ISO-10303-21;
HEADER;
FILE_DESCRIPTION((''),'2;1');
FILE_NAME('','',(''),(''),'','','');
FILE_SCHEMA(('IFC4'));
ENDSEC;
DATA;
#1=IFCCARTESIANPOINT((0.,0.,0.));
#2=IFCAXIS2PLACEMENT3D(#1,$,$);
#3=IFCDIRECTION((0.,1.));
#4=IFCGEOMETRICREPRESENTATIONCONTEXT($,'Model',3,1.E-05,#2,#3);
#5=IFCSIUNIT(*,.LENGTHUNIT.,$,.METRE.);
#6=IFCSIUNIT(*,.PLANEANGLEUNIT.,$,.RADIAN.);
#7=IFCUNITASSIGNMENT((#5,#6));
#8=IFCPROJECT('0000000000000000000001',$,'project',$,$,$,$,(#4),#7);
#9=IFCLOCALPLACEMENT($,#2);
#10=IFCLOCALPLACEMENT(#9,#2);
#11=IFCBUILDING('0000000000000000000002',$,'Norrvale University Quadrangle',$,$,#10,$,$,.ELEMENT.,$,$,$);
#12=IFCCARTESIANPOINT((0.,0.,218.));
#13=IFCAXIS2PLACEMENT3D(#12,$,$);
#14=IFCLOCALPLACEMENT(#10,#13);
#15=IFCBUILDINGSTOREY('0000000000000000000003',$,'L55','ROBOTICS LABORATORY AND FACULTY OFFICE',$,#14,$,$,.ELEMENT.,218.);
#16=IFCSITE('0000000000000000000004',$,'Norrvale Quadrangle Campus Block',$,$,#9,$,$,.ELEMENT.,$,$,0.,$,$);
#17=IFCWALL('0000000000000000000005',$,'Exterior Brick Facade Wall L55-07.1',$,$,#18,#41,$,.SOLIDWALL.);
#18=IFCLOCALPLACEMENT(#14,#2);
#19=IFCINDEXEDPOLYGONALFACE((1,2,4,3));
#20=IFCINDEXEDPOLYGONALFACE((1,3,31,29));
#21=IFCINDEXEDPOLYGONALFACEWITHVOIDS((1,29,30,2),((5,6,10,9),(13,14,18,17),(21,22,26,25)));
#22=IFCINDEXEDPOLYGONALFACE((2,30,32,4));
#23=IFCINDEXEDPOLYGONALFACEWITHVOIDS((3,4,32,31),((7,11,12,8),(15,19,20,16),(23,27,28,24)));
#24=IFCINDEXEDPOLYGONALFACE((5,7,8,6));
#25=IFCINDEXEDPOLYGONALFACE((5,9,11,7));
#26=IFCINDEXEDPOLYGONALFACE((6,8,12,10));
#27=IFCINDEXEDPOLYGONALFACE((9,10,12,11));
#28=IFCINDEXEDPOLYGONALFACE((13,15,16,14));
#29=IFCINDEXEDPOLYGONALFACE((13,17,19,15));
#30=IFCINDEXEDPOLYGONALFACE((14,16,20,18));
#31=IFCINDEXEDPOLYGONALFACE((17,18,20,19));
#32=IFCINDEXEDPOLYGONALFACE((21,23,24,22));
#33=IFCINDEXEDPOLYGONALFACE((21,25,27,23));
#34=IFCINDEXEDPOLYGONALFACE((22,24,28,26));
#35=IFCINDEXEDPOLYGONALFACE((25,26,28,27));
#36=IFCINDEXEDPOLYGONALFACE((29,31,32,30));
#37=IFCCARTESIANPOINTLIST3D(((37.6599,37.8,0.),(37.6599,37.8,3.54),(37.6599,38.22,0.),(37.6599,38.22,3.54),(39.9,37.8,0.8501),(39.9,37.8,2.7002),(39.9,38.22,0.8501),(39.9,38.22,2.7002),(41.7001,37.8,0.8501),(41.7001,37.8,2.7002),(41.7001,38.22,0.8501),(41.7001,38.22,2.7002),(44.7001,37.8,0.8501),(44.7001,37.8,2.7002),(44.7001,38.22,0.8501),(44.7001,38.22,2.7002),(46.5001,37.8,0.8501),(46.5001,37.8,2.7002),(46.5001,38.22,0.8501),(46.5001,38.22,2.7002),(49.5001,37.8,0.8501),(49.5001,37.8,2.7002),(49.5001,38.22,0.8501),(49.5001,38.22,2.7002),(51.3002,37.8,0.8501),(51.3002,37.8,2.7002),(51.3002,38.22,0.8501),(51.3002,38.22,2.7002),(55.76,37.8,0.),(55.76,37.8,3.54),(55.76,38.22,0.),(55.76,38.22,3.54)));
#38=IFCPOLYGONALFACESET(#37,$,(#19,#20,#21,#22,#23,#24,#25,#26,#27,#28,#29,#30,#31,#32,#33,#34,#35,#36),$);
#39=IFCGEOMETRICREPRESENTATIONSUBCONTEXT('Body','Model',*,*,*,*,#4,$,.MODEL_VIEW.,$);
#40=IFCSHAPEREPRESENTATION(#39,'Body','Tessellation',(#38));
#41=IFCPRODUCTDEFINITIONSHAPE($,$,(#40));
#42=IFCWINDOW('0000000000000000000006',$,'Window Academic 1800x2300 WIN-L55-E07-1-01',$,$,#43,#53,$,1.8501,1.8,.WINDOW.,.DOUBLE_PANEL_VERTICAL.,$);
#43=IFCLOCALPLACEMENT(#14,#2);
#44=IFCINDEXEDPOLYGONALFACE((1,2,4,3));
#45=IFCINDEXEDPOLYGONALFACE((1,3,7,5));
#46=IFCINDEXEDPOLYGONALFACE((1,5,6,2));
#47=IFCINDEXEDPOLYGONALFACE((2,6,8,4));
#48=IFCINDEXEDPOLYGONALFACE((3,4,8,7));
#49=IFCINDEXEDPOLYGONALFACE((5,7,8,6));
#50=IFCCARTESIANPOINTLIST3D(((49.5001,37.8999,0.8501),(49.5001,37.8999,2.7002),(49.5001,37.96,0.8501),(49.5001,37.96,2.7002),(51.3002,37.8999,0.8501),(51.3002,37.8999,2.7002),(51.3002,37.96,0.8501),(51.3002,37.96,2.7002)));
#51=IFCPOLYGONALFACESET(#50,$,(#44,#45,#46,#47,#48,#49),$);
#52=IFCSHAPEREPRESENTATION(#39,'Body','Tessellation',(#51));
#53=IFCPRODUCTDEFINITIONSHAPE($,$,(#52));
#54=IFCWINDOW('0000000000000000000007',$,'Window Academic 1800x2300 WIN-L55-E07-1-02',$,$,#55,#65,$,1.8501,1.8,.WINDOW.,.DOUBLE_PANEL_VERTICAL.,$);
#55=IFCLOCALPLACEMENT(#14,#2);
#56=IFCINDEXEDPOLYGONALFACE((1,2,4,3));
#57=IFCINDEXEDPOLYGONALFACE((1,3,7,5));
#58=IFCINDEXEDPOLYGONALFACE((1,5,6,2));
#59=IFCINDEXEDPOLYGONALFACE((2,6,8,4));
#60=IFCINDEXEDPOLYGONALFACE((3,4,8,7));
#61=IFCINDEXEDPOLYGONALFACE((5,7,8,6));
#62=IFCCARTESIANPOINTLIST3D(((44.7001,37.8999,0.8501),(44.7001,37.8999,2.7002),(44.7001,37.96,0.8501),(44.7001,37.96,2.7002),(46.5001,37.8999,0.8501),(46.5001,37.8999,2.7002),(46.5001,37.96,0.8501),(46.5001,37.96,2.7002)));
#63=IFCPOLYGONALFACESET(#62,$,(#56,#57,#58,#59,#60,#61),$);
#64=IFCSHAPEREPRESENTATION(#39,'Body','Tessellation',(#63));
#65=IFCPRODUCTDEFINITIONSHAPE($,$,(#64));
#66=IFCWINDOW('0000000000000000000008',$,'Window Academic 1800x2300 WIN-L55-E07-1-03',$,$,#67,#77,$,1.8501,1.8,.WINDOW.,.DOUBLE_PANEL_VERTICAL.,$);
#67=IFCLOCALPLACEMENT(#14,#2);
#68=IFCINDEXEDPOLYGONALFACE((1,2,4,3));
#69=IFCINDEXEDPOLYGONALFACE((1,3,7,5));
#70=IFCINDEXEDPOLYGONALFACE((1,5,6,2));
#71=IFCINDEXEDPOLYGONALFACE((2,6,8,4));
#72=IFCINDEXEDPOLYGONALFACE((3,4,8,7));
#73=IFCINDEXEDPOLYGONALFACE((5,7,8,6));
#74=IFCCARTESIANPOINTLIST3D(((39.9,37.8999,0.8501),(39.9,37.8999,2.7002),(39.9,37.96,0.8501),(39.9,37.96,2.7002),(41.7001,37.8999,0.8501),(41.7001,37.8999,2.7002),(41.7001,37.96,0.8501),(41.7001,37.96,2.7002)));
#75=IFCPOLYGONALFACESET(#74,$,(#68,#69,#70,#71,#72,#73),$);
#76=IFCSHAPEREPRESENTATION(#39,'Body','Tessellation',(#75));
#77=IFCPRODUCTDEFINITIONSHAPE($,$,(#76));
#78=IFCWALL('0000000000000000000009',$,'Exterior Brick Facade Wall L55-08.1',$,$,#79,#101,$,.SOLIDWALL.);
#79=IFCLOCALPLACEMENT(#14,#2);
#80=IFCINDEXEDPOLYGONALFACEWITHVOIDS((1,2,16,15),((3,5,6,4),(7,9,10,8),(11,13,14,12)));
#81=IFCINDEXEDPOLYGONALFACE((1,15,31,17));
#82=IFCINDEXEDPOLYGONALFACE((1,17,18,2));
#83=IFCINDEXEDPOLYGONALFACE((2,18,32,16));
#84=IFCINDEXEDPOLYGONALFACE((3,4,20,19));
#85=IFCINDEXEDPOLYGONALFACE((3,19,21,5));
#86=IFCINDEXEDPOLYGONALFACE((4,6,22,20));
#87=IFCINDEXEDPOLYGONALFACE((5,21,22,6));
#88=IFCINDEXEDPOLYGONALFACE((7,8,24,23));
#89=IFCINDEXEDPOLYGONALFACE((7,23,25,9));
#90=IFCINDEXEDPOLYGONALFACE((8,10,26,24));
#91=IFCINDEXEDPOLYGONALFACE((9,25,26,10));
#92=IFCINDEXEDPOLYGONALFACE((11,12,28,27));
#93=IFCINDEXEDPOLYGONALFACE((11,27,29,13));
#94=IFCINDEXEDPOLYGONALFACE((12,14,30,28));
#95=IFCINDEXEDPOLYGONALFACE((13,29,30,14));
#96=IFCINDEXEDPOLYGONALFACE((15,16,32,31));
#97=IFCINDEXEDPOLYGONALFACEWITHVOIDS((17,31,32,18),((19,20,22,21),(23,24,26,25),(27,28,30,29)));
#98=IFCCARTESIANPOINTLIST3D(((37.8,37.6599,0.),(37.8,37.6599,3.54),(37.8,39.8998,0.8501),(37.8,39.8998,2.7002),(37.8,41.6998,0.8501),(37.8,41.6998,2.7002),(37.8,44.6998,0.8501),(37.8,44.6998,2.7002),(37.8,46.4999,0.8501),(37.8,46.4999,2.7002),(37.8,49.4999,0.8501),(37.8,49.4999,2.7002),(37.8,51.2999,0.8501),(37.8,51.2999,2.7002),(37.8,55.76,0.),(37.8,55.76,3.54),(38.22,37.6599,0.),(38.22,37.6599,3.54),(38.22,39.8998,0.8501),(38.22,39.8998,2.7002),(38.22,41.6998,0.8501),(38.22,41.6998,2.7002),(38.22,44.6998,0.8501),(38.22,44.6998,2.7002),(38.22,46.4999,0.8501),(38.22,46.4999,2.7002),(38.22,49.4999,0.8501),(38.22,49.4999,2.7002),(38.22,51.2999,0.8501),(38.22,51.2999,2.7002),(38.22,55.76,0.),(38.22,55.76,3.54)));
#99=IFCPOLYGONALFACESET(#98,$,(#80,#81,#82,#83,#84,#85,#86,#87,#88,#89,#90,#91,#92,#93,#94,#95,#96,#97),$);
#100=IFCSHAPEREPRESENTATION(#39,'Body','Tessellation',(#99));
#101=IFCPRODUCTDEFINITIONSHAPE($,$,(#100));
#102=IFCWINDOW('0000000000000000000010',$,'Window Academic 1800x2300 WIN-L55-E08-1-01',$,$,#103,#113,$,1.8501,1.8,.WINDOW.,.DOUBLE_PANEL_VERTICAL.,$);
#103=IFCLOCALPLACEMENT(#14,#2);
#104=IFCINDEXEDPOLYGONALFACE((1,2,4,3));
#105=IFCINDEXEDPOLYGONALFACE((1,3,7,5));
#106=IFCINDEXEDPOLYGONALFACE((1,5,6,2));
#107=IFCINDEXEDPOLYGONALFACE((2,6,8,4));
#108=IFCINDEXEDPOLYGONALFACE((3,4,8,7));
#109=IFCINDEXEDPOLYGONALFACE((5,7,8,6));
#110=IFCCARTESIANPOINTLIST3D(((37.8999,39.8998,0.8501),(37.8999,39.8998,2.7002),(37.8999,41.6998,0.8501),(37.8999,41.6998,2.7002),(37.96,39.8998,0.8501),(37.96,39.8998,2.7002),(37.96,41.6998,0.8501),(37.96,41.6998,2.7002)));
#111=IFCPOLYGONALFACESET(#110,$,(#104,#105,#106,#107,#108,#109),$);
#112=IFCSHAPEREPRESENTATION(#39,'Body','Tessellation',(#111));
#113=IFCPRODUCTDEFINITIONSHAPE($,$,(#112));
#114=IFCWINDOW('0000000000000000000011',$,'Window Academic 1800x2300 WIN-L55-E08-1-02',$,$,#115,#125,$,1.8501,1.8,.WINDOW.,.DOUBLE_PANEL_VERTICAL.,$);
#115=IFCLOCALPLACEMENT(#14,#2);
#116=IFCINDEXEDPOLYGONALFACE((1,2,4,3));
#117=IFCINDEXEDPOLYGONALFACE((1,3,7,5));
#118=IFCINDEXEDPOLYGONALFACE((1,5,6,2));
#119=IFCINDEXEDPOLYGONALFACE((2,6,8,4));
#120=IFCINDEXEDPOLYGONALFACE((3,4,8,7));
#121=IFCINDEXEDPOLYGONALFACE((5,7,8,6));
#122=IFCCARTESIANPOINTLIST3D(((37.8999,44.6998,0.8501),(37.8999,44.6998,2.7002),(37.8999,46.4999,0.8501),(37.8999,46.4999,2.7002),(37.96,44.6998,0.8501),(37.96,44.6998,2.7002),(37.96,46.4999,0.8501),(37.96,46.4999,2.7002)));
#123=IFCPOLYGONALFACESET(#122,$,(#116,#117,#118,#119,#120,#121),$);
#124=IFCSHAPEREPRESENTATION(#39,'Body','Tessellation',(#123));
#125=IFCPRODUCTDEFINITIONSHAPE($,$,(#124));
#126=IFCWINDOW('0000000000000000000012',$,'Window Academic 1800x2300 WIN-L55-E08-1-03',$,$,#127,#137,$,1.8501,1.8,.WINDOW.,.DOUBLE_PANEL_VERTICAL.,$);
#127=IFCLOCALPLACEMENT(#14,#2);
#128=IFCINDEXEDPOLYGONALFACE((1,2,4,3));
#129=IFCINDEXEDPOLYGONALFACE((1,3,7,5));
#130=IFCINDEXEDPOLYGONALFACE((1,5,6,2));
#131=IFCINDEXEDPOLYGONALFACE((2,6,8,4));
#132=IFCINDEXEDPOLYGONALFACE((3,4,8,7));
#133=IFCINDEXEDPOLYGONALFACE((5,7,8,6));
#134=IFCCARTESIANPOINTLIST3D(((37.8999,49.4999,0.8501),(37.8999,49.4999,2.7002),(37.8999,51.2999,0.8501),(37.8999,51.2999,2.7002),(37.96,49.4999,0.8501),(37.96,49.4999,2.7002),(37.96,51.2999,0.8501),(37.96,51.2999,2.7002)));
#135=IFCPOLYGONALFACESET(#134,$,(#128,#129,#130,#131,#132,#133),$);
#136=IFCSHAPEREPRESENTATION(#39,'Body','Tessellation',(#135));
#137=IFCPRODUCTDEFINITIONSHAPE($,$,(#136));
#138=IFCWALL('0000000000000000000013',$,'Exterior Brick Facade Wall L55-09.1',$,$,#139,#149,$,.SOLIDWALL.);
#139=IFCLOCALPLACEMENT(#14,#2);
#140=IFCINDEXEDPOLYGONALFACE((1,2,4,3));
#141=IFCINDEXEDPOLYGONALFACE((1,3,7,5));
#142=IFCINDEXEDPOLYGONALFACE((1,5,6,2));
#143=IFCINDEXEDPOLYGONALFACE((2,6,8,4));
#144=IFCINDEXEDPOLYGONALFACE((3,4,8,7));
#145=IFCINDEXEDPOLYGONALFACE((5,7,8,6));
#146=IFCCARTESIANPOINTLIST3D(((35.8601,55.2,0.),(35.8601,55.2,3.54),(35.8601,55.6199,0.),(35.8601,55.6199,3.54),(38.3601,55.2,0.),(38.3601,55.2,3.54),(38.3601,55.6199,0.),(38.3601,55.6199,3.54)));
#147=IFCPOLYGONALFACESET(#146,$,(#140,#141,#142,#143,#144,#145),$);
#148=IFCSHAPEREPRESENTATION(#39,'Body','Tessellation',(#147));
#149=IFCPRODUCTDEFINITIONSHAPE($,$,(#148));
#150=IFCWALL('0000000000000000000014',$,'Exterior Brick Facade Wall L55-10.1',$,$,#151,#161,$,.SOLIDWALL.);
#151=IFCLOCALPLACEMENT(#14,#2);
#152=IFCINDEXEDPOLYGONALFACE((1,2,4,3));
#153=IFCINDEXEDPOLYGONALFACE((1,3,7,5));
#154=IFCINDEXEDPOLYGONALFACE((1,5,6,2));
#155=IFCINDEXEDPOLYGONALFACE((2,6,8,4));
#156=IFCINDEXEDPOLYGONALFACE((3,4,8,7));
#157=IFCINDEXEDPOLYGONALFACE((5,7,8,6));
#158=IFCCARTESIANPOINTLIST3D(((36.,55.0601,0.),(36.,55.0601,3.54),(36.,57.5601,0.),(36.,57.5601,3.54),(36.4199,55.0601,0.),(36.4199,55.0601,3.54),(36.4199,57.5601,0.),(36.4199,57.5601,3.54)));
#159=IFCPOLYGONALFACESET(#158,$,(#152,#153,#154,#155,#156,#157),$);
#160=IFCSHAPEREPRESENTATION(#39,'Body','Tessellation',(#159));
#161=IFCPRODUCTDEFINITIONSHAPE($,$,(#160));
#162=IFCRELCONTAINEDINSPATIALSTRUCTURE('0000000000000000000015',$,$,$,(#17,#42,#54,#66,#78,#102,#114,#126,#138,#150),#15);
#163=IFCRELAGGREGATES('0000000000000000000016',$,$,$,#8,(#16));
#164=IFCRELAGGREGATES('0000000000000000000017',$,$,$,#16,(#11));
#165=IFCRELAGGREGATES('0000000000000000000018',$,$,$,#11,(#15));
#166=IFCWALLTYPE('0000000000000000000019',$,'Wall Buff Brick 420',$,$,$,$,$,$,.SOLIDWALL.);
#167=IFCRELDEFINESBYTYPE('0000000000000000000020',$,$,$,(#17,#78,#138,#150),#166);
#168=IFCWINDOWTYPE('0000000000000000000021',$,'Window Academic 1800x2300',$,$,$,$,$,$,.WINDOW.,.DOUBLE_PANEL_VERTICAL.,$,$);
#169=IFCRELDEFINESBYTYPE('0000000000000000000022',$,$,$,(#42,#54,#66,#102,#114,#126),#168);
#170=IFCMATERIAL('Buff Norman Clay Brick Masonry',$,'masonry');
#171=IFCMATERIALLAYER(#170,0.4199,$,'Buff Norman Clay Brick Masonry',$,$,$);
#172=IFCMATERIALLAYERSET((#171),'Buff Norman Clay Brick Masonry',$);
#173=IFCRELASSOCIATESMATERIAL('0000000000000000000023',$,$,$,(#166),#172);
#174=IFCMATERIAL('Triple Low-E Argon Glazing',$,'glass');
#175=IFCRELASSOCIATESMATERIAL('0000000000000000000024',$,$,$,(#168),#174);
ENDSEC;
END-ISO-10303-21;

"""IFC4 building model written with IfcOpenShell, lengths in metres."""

from ifc_helpers import new_model, si_unit, direction, frame, frame_2d, origin, place, context, subcontext, project, spatial, rectangle, extrude, material, layer, layer_set, type_object, element, fill, save


model = new_model("IFC4")

# Units and contexts
model_context = context("Model", 3, precision=1e-05, world=origin(), true_north=direction((0.0, 1.0)))
body_context = subcontext(model_context, "Body", "Model", "MODEL_VIEW")
ifc_project = project(units=[si_unit("LENGTHUNIT", "METRE"), si_unit("PLANEANGLEUNIT", "RADIAN")], contexts=[model_context])

# Site, building, storey
site_placement = place(None, origin())
site = spatial("IfcSite", under=ifc_project, at=site_placement, Name="Norrvale Quadrangle Campus Block", CompositionType="ELEMENT", RefElevation=0.0)
building_placement = place(site_placement, origin())
building = spatial("IfcBuilding", under=site, at=building_placement, Name="Norrvale University Quadrangle", CompositionType="ELEMENT")
storey_placement = place(building_placement, frame((0.0, 0.0, 218.0)))
storey = spatial("IfcBuildingStorey", under=building, at=storey_placement, Name="L55", Description="ROBOTICS LABORATORY AND FACULTY OFFICE", CompositionType="ELEMENT", Elevation=218.0)

# Shared definitions
ifc_material_1 = material(Name="Buff Norman Clay Brick Masonry", Category="masonry")
ifc_layer_1 = layer(ifc_material_1, 0.4199, Name="Buff Norman Clay Brick Masonry")
ifc_layer_set_1 = layer_set([ifc_layer_1], Name="Buff Norman Clay Brick Masonry")
wall_type_1 = type_object("IfcWallType", Name="Wall Buff Brick 420", PredefinedType="SOLIDWALL", material=ifc_layer_set_1)

# Walls, openings, windows
wall_1_placement = place(storey_placement, frame((55.76, 38.01, 0.0), z_axis=(0.0, 0.0, 1.0), x_axis=(-1.0, 0.0, 0.0)))
wall_1 = element("IfcWall", 1, at=wall_1_placement, inside=storey, type_object=wall_type_1, Name="Exterior Brick Facade Wall L55-07.1", PredefinedType="SOLIDWALL", context=body_context, shape_type="SweptSolid", body=[
    extrude(rectangle(XDim=18.1001, YDim=0.4199, at=frame_2d((9.05, 0.0))), origin(), (0.0, 0.0, 1.0), 3.54),
])
opening_1_placement = place(wall_1_placement, frame((4.46, 0.0, 0.8501)))
opening_1 = element("IfcOpeningElement", 2, at=opening_1_placement, cuts=wall_1, PredefinedType="OPENING", context=body_context, shape_type="SweptSolid", body=[
    extrude(rectangle(XDim=1.8, YDim=1.8501, at=frame_2d((0.8999, 0.925))), frame((0.0, 0.2219, 0.0), z_axis=(0.0, -1.0, 0.0), x_axis=(1.0, 0.0, 0.0)), (0.0, 0.0, 1.0), 0.4438),
])
opening_2_placement = place(wall_1_placement, frame((9.26, 0.0, 0.8501)))
opening_2 = element("IfcOpeningElement", 3, at=opening_2_placement, cuts=wall_1, PredefinedType="OPENING", context=body_context, shape_type="SweptSolid", body=[
    extrude(rectangle(XDim=1.8, YDim=1.8501, at=frame_2d((0.8999, 0.925))), frame((0.0, 0.2219, 0.0), z_axis=(0.0, -1.0, 0.0), x_axis=(1.0, 0.0, 0.0)), (0.0, 0.0, 1.0), 0.4438),
])
opening_3_placement = place(wall_1_placement, frame((14.0601, 0.0, 0.8501)))
opening_3 = element("IfcOpeningElement", 4, at=opening_3_placement, cuts=wall_1, PredefinedType="OPENING", context=body_context, shape_type="SweptSolid", body=[
    extrude(rectangle(XDim=1.8, YDim=1.8501, at=frame_2d((0.8999, 0.925))), frame((0.0, 0.2219, 0.0), z_axis=(0.0, -1.0, 0.0), x_axis=(1.0, 0.0, 0.0)), (0.0, 0.0, 1.0), 0.4438),
])
ifc_material_2 = material(Name="Triple Low-E Argon Glazing", Category="glass")
window_type_1 = type_object("IfcWindowType", Name="Window Academic 1800x2300", PartitioningType="DOUBLE_PANEL_VERTICAL", PredefinedType="WINDOW", material=ifc_material_2)
window_1_placement = place(opening_1_placement, origin())
window_1 = element("IfcWindow", 5, at=window_1_placement, inside=storey, type_object=window_type_1, Name="Window Academic 1800x2300 WIN-L55-E07-1-01", OverallHeight=1.8501, OverallWidth=1.8, PartitioningType="DOUBLE_PANEL_VERTICAL", PredefinedType="WINDOW", context=body_context, shape_type="SweptSolid", body=[
    extrude(rectangle(XDim=1.8, YDim=1.8501, at=frame_2d((0.8999, 0.925))), frame((0.0, 0.1101, 0.0), z_axis=(0.0, -1.0, 0.0), x_axis=(1.0, 0.0, 0.0)), (0.0, 0.0, 1.0), 0.0601),
])
fill(opening_1, window_1)
window_2_placement = place(opening_2_placement, origin())
window_2 = element("IfcWindow", 6, at=window_2_placement, inside=storey, type_object=window_type_1, Name="Window Academic 1800x2300 WIN-L55-E07-1-02", OverallHeight=1.8501, OverallWidth=1.8, PartitioningType="DOUBLE_PANEL_VERTICAL", PredefinedType="WINDOW", context=body_context, shape_type="SweptSolid", body=[
    extrude(rectangle(XDim=1.8, YDim=1.8501, at=frame_2d((0.8999, 0.925))), frame((0.0, 0.1101, 0.0), z_axis=(0.0, -1.0, 0.0), x_axis=(1.0, 0.0, 0.0)), (0.0, 0.0, 1.0), 0.0601),
])
fill(opening_2, window_2)
window_3_placement = place(opening_3_placement, origin())
window_3 = element("IfcWindow", 7, at=window_3_placement, inside=storey, type_object=window_type_1, Name="Window Academic 1800x2300 WIN-L55-E07-1-03", OverallHeight=1.8501, OverallWidth=1.8, PartitioningType="DOUBLE_PANEL_VERTICAL", PredefinedType="WINDOW", context=body_context, shape_type="SweptSolid", body=[
    extrude(rectangle(XDim=1.8, YDim=1.8501, at=frame_2d((0.8999, 0.925))), frame((0.0, 0.1101, 0.0), z_axis=(0.0, -1.0, 0.0), x_axis=(1.0, 0.0, 0.0)), (0.0, 0.0, 1.0), 0.0601),
])
fill(opening_3, window_3)
wall_2_placement = place(storey_placement, frame((38.01, 37.6599, 0.0), z_axis=(0.0, 0.0, 1.0), x_axis=(0.0, 1.0, 0.0)))
wall_2 = element("IfcWall", 8, at=wall_2_placement, inside=storey, type_object=wall_type_1, Name="Exterior Brick Facade Wall L55-08.1", PredefinedType="SOLIDWALL", context=body_context, shape_type="SweptSolid", body=[
    extrude(rectangle(XDim=18.1001, YDim=0.4199, at=frame_2d((9.05, 0.0))), origin(), (0.0, 0.0, 1.0), 3.54),
])
opening_4_placement = place(wall_2_placement, frame((2.24, 0.0, 0.8501)))
opening_4 = element("IfcOpeningElement", 9, at=opening_4_placement, cuts=wall_2, PredefinedType="OPENING", context=body_context, shape_type="SweptSolid", body=[
    extrude(rectangle(XDim=1.8, YDim=1.8501, at=frame_2d((0.8999, 0.925))), frame((0.0, 0.2219, 0.0), z_axis=(0.0, -1.0, 0.0), x_axis=(1.0, 0.0, 0.0)), (0.0, 0.0, 1.0), 0.4438),
])
opening_5_placement = place(wall_2_placement, frame((7.04, 0.0, 0.8501)))
opening_5 = element("IfcOpeningElement", 10, at=opening_5_placement, cuts=wall_2, PredefinedType="OPENING", context=body_context, shape_type="SweptSolid", body=[
    extrude(rectangle(XDim=1.8, YDim=1.8501, at=frame_2d((0.8999, 0.925))), frame((0.0, 0.2219, 0.0), z_axis=(0.0, -1.0, 0.0), x_axis=(1.0, 0.0, 0.0)), (0.0, 0.0, 1.0), 0.4438),
])
opening_6_placement = place(wall_2_placement, frame((11.8401, 0.0, 0.8501)))
opening_6 = element("IfcOpeningElement", 11, at=opening_6_placement, cuts=wall_2, PredefinedType="OPENING", context=body_context, shape_type="SweptSolid", body=[
    extrude(rectangle(XDim=1.8, YDim=1.8501, at=frame_2d((0.8999, 0.925))), frame((0.0, 0.2219, 0.0), z_axis=(0.0, -1.0, 0.0), x_axis=(1.0, 0.0, 0.0)), (0.0, 0.0, 1.0), 0.4438),
])
window_4_placement = place(opening_4_placement, origin())
window_4 = element("IfcWindow", 12, at=window_4_placement, inside=storey, type_object=window_type_1, Name="Window Academic 1800x2300 WIN-L55-E08-1-01", OverallHeight=1.8501, OverallWidth=1.8, PartitioningType="DOUBLE_PANEL_VERTICAL", PredefinedType="WINDOW", context=body_context, shape_type="SweptSolid", body=[
    extrude(rectangle(XDim=1.8, YDim=1.8501, at=frame_2d((0.8999, 0.925))), frame((0.0, 0.1101, 0.0), z_axis=(0.0, -1.0, 0.0), x_axis=(1.0, 0.0, 0.0)), (0.0, 0.0, 1.0), 0.0601),
])
fill(opening_4, window_4)
window_5_placement = place(opening_5_placement, origin())
window_5 = element("IfcWindow", 13, at=window_5_placement, inside=storey, type_object=window_type_1, Name="Window Academic 1800x2300 WIN-L55-E08-1-02", OverallHeight=1.8501, OverallWidth=1.8, PartitioningType="DOUBLE_PANEL_VERTICAL", PredefinedType="WINDOW", context=body_context, shape_type="SweptSolid", body=[
    extrude(rectangle(XDim=1.8, YDim=1.8501, at=frame_2d((0.8999, 0.925))), frame((0.0, 0.1101, 0.0), z_axis=(0.0, -1.0, 0.0), x_axis=(1.0, 0.0, 0.0)), (0.0, 0.0, 1.0), 0.0601),
])
fill(opening_5, window_5)
window_6_placement = place(opening_6_placement, origin())
window_6 = element("IfcWindow", 14, at=window_6_placement, inside=storey, type_object=window_type_1, Name="Window Academic 1800x2300 WIN-L55-E08-1-03", OverallHeight=1.8501, OverallWidth=1.8, PartitioningType="DOUBLE_PANEL_VERTICAL", PredefinedType="WINDOW", context=body_context, shape_type="SweptSolid", body=[
    extrude(rectangle(XDim=1.8, YDim=1.8501, at=frame_2d((0.8999, 0.925))), frame((0.0, 0.1101, 0.0), z_axis=(0.0, -1.0, 0.0), x_axis=(1.0, 0.0, 0.0)), (0.0, 0.0, 1.0), 0.0601),
])
fill(opening_6, window_6)

# Walls
for number, where, z_axis, x_axis, name in (
    (15, (38.3601, 55.4099, 0.0), (0.0, 0.0, 1.0), (-1.0, 0.0, 0.0), "Exterior Brick Facade Wall L55-09.1"),
    (16, (36.21, 55.0601, 0.0), (0.0, 0.0, 1.0), (0.0, 1.0, 0.0), "Exterior Brick Facade Wall L55-10.1"),
):
    element("IfcWall", number, at=place(storey_placement, frame(where, z_axis=z_axis, x_axis=x_axis)), inside=storey, type_object=wall_type_1, Name=name, PredefinedType="SOLIDWALL", context=body_context, shape_type="SweptSolid", body=[
        extrude(rectangle(XDim=2.5, YDim=0.4199, at=frame_2d((1.25, 0.0))), origin(), (0.0, 0.0, 1.0), 3.54),
    ])

save(model, "model.ifc")
